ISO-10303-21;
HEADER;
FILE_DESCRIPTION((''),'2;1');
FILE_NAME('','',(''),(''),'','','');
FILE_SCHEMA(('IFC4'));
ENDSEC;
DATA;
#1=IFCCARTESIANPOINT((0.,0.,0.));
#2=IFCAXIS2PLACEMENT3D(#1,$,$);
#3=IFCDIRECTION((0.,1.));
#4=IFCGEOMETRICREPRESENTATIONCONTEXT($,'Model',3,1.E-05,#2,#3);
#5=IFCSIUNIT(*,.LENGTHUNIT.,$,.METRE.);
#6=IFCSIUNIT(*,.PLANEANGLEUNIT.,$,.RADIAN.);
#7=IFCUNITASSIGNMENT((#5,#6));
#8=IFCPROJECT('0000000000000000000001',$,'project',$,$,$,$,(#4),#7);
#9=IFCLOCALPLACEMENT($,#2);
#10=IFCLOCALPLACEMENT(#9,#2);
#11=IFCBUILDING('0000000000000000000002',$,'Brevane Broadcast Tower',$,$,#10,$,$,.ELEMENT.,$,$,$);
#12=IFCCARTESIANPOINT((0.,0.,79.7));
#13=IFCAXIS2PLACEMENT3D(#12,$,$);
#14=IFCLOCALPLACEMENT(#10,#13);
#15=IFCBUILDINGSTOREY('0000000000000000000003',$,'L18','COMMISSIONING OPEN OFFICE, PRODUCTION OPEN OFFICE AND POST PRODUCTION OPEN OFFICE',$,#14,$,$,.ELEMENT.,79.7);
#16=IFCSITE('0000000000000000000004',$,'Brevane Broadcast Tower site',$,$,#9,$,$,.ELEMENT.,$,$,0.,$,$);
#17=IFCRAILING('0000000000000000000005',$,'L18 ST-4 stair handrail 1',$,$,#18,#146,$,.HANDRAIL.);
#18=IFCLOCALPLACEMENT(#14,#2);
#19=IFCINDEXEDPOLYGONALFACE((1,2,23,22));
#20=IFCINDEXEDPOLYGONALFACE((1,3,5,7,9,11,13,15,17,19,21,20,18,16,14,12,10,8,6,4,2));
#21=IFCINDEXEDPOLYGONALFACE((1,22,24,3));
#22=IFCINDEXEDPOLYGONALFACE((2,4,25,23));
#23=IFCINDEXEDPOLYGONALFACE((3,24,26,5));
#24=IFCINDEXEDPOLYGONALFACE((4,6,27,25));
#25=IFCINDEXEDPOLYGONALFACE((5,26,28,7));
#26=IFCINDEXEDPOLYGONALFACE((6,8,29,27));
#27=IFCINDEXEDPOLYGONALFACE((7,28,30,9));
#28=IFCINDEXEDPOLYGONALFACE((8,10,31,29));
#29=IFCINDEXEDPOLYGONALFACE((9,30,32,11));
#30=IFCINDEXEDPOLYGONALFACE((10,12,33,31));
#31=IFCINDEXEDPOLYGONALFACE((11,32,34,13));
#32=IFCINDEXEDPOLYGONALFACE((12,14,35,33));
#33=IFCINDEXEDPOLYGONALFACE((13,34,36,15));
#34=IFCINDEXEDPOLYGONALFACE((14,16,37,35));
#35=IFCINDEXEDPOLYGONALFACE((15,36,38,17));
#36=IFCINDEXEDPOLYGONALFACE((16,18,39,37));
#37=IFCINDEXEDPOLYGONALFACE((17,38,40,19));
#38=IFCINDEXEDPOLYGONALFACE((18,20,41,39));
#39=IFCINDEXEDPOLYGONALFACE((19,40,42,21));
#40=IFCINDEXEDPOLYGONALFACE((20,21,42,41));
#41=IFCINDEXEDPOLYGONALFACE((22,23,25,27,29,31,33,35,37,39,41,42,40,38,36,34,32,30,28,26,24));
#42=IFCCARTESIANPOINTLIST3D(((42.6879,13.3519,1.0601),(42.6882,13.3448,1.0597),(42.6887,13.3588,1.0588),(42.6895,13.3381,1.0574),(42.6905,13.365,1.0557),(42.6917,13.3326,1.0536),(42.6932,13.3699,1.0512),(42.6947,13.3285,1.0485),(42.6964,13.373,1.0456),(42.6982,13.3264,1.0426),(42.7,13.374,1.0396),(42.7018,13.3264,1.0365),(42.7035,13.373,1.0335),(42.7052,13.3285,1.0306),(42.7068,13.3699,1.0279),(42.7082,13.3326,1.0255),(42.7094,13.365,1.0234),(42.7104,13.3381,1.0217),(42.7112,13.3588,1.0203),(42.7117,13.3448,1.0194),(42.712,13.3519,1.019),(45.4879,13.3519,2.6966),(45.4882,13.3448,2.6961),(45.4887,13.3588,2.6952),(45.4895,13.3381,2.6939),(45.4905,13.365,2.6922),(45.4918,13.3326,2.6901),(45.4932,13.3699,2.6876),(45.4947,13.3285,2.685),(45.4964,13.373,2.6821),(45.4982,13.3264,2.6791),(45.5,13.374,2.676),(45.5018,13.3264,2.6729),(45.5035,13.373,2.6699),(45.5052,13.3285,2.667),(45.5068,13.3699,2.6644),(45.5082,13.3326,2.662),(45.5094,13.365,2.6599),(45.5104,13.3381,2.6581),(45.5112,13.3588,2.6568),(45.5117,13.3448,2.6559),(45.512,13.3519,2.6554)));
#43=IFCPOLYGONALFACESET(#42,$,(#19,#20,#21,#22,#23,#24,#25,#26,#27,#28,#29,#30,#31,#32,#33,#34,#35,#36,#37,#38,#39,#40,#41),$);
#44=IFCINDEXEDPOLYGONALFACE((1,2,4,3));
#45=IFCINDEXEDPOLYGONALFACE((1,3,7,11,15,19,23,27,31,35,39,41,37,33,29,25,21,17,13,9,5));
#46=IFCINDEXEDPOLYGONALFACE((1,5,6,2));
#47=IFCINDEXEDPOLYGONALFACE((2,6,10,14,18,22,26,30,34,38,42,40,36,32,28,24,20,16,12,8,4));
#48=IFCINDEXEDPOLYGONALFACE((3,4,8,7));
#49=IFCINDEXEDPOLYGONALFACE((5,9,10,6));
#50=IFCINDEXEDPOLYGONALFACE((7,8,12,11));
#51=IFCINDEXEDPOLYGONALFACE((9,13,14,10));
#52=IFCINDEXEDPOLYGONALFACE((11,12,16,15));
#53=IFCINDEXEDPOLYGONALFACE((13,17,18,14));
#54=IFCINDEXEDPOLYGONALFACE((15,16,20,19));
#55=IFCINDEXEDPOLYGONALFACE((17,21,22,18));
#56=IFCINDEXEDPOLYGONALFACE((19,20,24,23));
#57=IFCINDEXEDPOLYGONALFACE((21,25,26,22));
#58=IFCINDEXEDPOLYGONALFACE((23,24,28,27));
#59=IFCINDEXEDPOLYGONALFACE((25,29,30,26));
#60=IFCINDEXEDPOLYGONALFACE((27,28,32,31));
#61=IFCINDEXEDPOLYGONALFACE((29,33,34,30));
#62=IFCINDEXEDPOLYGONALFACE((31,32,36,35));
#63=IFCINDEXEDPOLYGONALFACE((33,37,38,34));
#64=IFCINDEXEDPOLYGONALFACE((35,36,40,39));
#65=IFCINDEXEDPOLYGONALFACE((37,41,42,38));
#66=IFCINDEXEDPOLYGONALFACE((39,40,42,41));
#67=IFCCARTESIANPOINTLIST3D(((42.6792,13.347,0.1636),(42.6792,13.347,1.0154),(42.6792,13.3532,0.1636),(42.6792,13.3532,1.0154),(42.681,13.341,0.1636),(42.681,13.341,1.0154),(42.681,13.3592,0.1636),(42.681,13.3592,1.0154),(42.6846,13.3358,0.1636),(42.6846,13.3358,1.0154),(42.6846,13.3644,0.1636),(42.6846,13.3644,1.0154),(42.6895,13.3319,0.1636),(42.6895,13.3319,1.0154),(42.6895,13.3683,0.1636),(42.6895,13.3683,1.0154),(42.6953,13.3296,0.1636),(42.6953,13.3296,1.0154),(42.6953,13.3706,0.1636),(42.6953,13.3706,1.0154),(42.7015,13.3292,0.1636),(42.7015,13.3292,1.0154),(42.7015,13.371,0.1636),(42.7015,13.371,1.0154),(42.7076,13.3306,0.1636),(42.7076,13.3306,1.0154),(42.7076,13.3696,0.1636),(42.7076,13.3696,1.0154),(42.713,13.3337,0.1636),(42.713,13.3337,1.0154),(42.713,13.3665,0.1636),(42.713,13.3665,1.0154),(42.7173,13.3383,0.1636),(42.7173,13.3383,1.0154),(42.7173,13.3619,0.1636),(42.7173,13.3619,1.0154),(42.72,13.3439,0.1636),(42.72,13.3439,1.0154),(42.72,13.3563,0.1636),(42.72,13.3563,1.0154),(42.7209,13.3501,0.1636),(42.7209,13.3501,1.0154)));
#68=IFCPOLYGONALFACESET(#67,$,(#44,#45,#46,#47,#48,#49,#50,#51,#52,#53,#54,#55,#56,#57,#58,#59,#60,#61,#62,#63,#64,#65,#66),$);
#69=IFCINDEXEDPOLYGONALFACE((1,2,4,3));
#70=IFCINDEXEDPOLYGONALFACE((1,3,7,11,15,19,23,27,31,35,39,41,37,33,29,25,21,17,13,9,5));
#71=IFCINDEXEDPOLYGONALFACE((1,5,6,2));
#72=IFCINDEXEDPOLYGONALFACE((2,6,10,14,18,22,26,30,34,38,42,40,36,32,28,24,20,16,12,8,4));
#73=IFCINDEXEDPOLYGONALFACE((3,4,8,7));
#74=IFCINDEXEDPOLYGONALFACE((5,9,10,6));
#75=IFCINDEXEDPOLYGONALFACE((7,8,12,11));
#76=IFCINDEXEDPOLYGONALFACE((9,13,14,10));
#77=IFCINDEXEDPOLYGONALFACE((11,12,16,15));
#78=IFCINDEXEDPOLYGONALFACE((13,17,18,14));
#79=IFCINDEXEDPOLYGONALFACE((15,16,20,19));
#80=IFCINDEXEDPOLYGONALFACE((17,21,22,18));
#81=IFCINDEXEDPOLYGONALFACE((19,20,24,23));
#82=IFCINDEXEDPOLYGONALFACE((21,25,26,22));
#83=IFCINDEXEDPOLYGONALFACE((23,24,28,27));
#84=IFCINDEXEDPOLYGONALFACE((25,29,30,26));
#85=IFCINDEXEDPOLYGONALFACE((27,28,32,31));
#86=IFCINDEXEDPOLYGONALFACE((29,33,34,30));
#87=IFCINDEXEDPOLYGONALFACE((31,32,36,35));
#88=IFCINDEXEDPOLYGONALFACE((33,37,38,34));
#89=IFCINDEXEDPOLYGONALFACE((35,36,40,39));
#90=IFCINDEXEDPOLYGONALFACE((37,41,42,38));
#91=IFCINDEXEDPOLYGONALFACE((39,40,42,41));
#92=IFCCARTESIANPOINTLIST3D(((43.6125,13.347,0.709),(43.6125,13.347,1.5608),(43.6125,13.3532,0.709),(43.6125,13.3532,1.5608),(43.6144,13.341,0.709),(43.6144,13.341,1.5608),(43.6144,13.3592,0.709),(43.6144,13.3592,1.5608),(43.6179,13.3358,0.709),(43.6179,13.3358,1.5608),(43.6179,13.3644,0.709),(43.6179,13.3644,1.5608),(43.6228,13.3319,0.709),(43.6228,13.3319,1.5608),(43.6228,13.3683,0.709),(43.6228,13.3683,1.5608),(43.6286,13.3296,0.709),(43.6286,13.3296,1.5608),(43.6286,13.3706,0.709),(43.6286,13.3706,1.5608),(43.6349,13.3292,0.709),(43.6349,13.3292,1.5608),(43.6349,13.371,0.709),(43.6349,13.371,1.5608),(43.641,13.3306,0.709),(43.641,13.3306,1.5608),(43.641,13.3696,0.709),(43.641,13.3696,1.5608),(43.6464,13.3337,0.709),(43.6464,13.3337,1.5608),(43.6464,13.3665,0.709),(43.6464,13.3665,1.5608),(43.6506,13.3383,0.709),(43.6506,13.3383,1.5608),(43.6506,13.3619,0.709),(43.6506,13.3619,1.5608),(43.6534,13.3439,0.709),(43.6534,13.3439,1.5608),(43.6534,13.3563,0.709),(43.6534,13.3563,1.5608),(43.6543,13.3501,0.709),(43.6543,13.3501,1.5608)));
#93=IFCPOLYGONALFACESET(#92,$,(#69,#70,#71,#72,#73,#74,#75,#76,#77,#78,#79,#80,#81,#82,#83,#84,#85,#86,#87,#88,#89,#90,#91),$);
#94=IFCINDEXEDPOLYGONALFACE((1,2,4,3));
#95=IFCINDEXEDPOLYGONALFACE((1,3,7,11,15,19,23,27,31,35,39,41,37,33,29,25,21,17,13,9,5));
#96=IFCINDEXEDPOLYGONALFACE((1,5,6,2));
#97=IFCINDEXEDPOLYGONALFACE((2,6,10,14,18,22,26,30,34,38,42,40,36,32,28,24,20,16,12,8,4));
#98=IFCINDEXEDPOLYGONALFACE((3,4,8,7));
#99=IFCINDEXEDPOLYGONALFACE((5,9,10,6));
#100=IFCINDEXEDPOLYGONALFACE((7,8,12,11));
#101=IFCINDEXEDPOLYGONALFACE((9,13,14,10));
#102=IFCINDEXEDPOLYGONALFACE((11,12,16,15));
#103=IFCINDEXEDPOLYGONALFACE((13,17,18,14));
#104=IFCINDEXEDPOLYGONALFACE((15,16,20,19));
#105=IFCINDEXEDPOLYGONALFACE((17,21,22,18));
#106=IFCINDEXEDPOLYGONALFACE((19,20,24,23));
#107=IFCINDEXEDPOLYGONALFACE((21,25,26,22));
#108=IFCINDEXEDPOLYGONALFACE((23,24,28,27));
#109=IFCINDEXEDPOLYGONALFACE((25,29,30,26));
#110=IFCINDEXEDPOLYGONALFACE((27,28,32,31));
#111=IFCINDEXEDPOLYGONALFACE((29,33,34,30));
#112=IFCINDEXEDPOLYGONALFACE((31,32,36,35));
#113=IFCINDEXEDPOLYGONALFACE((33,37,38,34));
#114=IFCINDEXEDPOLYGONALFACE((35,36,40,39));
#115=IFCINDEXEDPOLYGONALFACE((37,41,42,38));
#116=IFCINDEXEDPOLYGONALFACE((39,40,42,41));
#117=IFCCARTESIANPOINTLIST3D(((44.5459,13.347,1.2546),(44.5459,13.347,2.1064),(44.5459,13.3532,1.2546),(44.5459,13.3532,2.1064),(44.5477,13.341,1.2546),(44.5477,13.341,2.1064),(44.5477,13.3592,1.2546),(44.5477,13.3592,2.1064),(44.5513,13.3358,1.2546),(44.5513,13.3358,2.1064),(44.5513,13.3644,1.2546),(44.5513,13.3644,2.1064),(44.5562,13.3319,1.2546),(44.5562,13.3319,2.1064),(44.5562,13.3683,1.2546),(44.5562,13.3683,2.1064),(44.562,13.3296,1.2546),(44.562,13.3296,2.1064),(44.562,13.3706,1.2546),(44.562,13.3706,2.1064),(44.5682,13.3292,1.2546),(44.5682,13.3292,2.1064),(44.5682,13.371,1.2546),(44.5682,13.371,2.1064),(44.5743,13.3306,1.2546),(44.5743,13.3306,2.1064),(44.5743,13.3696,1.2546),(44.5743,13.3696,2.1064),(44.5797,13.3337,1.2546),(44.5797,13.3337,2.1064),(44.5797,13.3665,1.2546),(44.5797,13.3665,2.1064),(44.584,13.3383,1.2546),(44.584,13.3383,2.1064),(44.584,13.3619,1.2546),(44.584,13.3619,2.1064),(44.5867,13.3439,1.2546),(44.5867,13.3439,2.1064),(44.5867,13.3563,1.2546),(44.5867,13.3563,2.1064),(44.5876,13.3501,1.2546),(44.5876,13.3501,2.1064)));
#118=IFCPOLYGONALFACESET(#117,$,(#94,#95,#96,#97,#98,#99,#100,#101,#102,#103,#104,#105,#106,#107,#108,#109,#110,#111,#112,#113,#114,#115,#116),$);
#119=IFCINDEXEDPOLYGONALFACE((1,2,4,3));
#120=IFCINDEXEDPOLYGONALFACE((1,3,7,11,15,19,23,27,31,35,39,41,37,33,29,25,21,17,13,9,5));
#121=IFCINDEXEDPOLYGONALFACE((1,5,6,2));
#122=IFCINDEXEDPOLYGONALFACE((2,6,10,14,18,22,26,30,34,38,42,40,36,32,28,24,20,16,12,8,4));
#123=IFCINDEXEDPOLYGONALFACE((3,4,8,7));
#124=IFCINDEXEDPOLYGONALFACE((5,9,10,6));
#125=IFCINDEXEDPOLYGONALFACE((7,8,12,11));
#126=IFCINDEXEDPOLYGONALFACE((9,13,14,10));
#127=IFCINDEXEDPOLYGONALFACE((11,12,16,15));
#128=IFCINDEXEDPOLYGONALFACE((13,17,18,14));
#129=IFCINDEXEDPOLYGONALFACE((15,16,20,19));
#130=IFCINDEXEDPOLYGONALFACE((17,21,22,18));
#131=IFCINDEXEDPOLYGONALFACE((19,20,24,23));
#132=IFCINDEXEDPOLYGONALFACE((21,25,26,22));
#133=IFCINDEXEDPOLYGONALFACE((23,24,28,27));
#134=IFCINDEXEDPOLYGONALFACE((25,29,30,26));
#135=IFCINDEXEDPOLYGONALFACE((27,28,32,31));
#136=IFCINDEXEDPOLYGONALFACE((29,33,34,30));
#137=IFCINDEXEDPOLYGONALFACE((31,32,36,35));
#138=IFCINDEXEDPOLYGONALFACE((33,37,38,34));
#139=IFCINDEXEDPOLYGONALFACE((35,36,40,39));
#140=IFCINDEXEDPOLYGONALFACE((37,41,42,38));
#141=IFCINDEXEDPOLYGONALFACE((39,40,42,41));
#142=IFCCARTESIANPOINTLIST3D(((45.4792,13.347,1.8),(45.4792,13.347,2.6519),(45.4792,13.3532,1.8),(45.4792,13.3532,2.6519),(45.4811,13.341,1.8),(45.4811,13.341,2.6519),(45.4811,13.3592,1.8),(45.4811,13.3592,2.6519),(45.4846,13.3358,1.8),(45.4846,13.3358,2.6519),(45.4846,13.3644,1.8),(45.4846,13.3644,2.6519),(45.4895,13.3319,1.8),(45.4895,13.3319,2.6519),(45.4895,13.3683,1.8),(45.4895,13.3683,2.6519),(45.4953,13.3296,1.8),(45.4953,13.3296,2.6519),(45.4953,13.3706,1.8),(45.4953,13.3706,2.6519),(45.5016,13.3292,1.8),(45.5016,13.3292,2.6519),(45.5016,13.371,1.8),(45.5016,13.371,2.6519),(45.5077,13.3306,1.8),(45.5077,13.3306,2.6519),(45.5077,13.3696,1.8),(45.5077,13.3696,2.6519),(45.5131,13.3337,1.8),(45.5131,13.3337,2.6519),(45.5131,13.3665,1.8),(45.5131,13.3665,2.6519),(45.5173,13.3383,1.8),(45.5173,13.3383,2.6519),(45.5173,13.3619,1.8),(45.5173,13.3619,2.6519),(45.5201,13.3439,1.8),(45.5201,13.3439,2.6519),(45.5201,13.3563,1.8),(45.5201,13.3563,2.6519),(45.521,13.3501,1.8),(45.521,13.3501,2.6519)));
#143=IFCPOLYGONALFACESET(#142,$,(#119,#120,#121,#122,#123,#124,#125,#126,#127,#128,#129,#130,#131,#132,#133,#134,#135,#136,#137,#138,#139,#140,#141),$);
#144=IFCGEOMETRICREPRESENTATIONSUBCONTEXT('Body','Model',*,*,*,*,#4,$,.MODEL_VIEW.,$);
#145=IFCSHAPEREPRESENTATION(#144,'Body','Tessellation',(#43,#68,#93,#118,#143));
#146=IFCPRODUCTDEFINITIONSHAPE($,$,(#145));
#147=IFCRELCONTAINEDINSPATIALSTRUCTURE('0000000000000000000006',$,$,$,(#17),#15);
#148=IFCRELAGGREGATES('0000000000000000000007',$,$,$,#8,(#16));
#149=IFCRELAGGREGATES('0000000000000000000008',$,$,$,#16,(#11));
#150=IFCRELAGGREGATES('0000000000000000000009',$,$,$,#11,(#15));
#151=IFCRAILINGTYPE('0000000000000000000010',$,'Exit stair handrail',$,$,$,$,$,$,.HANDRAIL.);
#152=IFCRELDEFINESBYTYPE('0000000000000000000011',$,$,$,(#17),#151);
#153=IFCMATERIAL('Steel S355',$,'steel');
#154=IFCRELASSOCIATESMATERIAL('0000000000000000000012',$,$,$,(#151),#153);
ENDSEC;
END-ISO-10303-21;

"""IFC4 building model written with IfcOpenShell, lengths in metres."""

from ifc_helpers import new_model, si_unit, direction, frame, origin, origin_2d, place, context, subcontext, project, spatial, circle, extrude, material, type_object, element, save


model = new_model("IFC4")

# Units and contexts
model_context = context("Model", 3, precision=1e-05, world=origin(), true_north=direction((0.0, 1.0)))
body_context = subcontext(model_context, "Body", "Model", "MODEL_VIEW")
ifc_project = project(units=[si_unit("LENGTHUNIT", "METRE"), si_unit("PLANEANGLEUNIT", "RADIAN")], contexts=[model_context])

# Site, building, storey
site_placement = place(None, origin())
site = spatial("IfcSite", under=ifc_project, at=site_placement, Name="Brevane Broadcast Tower site", CompositionType="ELEMENT", RefElevation=0.0)
building_placement = place(site_placement, origin())
building = spatial("IfcBuilding", under=site, at=building_placement, Name="Brevane Broadcast Tower", CompositionType="ELEMENT")
storey_placement = place(building_placement, frame((0.0, 0.0, 79.7)))
storey = spatial("IfcBuildingStorey", under=building, at=storey_placement, Name="L18", Description="COMMISSIONING OPEN OFFICE, PRODUCTION OPEN OFFICE AND POST PRODUCTION OPEN OFFICE", CompositionType="ELEMENT", Elevation=79.7)

# Railing
ifc_material_1 = material(Name="Steel S355", Category="steel")
railing_type_1 = type_object("IfcRailingType", Name="Exit stair handrail", PredefinedType="HANDRAIL", material=ifc_material_1)
railing_1_placement = place(storey_placement, frame((42.7, 13.3501, 0.1636)))
element("IfcRailing", 1, at=railing_1_placement, inside=storey, type_object=railing_type_1, Name="L18 ST-4 stair handrail 1", PredefinedType="HANDRAIL", context=body_context, shape_type="SweptSolid", body=[
    extrude(circle(Radius=0.0239, at=origin_2d()), frame((0.0, 0.0, 0.876), z_axis=(0.863361, 0.0, 0.504587), x_axis=(0.0, 1.0, 0.0)), (0.0, 0.0, 1.0), 3.2432),
    extrude(circle(Radius=0.021, at=origin_2d()), origin(), (0.0, 0.0, 1.0), 0.8518),
    extrude(circle(Radius=0.021, at=origin_2d()), frame((0.9333, 0.0, 0.5454)), (0.0, 0.0, 1.0), 0.8518),
    extrude(circle(Radius=0.021, at=origin_2d()), frame((1.8667, 0.0, 1.0911)), (0.0, 0.0, 1.0), 0.8518),
    extrude(circle(Radius=0.021, at=origin_2d()), frame((2.8, 0.0, 1.6365)), (0.0, 0.0, 1.0), 0.8518),
])

save(model, "model.ifc")
